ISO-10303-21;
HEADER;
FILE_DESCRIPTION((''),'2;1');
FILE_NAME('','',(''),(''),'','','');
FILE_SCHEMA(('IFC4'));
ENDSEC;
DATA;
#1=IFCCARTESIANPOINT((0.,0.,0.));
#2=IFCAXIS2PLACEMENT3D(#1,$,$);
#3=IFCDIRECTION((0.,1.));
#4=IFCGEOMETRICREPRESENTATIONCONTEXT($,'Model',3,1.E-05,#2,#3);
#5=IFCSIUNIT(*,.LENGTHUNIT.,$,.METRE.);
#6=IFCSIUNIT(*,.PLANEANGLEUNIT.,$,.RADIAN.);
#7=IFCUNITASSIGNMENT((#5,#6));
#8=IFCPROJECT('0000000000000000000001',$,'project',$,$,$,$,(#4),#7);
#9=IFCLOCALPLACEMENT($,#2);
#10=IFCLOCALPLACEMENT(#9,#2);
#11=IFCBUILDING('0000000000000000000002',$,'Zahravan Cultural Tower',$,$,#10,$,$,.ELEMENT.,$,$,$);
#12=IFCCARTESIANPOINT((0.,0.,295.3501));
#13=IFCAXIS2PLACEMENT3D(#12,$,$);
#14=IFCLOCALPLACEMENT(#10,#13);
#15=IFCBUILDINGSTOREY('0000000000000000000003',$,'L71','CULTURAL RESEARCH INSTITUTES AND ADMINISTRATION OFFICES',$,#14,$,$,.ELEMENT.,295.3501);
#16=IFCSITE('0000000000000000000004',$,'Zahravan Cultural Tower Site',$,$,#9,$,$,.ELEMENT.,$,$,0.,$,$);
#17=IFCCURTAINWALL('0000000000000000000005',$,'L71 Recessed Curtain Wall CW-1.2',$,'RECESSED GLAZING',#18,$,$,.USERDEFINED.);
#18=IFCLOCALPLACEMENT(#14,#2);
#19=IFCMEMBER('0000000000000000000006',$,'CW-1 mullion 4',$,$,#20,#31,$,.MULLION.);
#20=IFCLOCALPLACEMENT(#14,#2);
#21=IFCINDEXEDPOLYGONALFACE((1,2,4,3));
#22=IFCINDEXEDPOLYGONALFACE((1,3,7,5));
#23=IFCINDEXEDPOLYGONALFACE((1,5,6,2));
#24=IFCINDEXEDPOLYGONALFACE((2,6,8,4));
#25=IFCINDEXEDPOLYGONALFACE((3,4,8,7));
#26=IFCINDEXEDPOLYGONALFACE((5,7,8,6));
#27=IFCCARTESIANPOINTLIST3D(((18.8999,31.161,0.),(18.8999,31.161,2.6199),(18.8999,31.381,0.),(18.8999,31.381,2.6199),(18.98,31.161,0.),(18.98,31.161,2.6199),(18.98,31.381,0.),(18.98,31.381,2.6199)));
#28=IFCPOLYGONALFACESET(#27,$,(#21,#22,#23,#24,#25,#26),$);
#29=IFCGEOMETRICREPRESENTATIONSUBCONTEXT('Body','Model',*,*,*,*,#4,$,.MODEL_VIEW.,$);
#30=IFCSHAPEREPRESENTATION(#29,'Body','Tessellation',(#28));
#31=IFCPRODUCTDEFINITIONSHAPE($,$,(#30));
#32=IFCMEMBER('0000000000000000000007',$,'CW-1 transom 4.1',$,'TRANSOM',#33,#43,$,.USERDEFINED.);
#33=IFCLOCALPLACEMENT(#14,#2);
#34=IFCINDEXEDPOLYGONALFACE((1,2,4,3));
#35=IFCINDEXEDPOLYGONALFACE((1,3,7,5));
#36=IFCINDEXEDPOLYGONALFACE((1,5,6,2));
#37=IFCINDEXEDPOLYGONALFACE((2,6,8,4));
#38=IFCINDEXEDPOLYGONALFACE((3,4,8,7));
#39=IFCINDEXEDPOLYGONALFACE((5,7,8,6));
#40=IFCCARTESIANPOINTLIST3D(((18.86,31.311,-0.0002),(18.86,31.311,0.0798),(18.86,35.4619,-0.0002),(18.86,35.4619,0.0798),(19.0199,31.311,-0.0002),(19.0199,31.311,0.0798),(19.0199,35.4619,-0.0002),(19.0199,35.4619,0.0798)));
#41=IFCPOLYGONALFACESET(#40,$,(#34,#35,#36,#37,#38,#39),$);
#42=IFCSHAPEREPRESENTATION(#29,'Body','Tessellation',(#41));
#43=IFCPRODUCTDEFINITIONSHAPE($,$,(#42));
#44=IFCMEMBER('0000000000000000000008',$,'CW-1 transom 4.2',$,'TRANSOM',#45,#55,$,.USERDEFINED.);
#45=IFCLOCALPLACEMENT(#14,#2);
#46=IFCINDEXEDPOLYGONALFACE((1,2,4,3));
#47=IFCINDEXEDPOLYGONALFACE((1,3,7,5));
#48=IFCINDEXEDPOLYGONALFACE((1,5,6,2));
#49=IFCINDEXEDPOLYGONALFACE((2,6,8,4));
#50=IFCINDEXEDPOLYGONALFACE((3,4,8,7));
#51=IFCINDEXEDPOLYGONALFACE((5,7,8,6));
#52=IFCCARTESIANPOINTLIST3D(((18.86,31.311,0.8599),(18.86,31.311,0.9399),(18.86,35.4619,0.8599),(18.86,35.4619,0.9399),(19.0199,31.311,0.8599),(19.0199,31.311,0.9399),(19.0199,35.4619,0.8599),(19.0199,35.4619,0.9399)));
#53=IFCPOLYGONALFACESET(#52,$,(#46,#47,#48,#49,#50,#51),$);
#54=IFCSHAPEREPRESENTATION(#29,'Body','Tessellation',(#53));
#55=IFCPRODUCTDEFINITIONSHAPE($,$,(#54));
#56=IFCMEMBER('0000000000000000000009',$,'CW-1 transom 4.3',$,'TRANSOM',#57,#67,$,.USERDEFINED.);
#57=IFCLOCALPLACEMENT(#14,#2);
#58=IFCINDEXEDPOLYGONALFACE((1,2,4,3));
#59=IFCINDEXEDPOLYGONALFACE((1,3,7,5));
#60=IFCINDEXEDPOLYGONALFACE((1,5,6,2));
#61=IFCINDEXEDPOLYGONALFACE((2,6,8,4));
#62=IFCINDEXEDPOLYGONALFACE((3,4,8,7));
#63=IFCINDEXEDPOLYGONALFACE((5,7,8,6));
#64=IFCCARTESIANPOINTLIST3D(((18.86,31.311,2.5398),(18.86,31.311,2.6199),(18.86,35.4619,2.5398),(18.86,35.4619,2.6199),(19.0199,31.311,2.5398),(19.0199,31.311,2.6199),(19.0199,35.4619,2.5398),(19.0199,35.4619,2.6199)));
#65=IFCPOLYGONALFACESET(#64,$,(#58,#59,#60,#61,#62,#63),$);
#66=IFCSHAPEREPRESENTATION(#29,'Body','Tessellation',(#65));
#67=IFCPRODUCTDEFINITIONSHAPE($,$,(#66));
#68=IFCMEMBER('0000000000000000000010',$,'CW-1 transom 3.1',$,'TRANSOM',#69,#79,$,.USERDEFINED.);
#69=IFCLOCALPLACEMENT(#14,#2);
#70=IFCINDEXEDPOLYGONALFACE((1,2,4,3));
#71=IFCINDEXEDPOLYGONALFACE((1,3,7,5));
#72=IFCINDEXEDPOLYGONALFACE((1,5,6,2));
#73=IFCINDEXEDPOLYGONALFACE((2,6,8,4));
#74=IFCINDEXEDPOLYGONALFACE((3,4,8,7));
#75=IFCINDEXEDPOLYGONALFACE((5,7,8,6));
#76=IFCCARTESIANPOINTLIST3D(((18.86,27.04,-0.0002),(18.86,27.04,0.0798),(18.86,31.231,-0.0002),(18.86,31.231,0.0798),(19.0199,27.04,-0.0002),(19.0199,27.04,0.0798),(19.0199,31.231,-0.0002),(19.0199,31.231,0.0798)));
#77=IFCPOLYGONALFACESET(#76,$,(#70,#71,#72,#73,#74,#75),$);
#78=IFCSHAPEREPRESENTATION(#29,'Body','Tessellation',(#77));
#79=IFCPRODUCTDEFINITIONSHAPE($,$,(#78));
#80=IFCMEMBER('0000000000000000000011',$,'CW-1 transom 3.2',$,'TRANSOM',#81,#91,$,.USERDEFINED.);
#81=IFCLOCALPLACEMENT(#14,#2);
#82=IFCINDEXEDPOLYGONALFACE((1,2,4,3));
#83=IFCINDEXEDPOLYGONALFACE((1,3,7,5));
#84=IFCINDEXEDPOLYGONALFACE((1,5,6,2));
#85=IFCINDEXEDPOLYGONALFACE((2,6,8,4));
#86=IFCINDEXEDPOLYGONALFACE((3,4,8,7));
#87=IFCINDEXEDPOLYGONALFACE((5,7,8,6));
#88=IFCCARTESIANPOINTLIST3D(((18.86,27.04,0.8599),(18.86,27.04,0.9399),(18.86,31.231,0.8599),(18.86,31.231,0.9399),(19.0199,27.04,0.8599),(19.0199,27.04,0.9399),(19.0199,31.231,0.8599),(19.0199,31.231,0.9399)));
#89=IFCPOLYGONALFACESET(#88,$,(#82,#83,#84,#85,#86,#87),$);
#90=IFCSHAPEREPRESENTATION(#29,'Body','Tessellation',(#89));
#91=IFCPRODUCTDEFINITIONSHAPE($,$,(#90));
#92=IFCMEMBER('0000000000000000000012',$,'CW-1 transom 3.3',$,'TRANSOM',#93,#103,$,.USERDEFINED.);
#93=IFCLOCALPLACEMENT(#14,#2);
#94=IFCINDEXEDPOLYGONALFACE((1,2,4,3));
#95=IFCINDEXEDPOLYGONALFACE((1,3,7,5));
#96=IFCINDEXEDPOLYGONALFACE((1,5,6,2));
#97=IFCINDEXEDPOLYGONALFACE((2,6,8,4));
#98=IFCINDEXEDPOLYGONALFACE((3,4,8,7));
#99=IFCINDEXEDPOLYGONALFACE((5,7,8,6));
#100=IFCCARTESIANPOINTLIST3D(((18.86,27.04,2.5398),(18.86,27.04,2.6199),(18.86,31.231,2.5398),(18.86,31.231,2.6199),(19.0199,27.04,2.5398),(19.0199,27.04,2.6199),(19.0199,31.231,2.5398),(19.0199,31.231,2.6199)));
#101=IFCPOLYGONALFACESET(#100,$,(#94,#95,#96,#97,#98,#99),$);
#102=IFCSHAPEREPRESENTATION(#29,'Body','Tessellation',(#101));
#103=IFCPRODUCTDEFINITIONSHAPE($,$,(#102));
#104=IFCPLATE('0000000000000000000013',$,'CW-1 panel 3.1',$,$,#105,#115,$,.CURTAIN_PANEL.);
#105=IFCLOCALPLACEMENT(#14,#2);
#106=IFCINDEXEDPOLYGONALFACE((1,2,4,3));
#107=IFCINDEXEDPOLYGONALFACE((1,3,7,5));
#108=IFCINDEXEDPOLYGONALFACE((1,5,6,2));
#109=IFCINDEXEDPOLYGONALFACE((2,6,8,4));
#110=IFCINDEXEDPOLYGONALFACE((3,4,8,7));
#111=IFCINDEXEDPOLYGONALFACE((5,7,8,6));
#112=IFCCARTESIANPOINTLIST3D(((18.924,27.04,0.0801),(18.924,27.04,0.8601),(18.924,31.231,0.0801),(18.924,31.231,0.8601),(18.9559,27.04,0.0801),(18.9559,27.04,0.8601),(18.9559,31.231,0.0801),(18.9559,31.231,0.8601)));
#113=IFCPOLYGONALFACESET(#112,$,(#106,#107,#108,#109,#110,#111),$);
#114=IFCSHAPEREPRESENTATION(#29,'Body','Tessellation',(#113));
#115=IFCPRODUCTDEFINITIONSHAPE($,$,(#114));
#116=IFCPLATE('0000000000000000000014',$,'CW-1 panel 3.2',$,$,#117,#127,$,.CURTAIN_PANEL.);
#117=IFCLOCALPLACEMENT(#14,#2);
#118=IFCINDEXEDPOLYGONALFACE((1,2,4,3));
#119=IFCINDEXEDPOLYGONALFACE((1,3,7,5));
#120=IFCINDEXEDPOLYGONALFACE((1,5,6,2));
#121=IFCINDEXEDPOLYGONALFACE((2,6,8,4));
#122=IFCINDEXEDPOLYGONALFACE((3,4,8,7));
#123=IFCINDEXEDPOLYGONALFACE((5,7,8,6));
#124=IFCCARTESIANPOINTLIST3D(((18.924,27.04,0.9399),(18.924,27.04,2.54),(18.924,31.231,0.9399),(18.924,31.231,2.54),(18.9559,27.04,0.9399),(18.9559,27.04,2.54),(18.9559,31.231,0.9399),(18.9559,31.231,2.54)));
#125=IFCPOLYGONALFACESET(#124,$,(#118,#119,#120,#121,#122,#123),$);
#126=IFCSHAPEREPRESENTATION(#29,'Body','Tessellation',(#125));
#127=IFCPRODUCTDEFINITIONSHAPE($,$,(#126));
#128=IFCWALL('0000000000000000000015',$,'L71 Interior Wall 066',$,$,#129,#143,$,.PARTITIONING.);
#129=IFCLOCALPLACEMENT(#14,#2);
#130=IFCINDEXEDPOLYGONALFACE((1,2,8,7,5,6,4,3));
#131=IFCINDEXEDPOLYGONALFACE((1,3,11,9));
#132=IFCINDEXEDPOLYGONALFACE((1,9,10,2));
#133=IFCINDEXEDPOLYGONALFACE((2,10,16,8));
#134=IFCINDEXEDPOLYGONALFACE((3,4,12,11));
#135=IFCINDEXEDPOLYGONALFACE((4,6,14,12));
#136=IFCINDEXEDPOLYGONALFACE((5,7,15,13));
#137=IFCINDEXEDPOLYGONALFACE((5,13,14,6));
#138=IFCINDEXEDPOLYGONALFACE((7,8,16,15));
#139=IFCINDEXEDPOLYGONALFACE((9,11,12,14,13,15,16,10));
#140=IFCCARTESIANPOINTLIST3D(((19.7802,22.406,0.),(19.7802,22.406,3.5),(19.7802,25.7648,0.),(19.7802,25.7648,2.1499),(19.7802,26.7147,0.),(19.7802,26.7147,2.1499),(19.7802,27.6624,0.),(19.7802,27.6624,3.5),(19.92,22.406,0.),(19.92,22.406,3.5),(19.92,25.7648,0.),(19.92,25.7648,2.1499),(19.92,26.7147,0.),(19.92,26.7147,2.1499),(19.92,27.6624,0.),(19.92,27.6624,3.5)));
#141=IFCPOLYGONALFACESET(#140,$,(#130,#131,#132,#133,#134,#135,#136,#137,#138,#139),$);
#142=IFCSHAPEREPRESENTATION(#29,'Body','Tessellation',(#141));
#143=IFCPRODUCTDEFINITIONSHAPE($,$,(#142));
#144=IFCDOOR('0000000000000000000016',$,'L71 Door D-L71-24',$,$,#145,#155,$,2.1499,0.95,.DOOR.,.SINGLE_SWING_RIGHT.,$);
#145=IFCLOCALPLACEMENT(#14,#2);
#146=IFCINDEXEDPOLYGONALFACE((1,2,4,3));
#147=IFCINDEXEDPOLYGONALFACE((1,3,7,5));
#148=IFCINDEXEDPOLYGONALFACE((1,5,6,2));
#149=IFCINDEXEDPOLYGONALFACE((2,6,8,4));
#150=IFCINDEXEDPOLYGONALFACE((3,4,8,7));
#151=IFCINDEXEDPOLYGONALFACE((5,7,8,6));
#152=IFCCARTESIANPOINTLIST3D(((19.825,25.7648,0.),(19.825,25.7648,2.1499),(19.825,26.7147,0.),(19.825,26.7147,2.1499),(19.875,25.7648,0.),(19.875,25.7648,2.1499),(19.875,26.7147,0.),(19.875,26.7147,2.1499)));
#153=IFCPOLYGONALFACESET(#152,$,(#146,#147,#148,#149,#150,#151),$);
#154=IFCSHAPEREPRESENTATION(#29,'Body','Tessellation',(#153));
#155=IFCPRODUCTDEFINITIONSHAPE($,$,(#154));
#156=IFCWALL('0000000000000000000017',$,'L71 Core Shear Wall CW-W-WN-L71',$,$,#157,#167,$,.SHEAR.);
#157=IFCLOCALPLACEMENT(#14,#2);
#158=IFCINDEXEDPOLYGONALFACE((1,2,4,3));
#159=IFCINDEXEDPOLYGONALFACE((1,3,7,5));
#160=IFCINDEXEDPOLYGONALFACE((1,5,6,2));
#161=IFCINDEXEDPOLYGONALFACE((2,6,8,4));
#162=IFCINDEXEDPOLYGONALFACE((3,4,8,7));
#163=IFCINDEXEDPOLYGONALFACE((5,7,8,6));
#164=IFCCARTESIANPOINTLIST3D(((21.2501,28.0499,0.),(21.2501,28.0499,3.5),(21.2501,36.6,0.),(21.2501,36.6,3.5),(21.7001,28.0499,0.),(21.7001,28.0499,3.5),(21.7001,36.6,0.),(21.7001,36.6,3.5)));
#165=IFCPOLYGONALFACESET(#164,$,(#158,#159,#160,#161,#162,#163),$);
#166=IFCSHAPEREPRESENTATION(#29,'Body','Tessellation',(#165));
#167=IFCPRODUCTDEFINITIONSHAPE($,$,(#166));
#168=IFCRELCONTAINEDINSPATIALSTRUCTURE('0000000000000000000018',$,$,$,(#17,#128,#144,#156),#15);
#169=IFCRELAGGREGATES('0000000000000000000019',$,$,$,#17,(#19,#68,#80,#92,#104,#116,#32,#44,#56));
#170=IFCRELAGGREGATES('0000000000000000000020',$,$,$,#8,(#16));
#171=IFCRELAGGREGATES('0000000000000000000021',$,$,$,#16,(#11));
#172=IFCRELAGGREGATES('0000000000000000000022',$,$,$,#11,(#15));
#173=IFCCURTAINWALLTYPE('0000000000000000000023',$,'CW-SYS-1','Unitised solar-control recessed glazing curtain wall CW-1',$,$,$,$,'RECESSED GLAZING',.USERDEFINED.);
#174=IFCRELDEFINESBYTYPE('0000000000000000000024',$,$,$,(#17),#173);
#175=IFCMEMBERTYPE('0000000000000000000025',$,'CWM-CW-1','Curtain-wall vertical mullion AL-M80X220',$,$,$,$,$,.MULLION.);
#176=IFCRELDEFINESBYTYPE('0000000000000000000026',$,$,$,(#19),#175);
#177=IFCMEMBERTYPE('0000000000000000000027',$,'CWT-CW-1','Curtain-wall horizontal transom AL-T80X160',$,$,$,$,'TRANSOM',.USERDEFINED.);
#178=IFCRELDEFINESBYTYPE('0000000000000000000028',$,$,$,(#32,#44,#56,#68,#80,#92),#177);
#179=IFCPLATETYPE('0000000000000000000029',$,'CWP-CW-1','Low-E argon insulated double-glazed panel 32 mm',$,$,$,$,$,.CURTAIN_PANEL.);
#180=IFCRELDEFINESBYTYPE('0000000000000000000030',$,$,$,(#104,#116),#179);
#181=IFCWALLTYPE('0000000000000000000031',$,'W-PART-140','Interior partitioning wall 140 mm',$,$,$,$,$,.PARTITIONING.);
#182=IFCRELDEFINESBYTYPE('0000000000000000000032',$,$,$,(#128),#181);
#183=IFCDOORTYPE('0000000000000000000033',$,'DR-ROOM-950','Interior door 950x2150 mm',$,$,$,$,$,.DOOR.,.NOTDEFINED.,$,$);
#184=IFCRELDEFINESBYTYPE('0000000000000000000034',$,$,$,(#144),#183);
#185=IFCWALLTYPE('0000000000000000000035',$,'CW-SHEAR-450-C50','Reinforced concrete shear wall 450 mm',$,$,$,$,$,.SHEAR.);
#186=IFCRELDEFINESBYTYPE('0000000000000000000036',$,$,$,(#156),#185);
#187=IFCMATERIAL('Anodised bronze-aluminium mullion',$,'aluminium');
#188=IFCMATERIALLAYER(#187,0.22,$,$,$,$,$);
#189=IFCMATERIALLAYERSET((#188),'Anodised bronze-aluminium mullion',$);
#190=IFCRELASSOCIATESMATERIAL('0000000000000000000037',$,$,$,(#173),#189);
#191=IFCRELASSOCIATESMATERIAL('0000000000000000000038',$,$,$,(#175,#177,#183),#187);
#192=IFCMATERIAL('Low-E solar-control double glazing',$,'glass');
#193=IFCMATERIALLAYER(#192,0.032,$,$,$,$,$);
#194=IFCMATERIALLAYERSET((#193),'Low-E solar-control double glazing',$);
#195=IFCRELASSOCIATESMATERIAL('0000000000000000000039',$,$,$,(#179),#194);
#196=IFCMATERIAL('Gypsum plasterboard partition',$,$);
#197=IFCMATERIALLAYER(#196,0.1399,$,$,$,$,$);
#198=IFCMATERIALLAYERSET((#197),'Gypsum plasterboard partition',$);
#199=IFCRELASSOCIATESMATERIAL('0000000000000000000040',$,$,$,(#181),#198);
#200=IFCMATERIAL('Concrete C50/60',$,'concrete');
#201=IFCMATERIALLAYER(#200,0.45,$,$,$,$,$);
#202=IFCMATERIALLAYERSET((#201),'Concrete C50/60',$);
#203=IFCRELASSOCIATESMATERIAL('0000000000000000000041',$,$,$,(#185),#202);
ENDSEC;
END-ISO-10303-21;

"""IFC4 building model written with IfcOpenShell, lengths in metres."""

from ifc_helpers import new_model, si_unit, direction, frame, frame_2d, origin, origin_2d, place, context, subcontext, project, spatial, rectangle, extrude, source, transform, mapped, material, layer, layer_set, material_profile, profile_set, type_object, element, fill, aggregate, save


model = new_model("IFC4")

# Units and contexts
model_context = context("Model", 3, precision=1e-05, world=origin(), true_north=direction((0.0, 1.0)))
body_context = subcontext(model_context, "Body", "Model", "MODEL_VIEW")
ifc_project = project(units=[si_unit("LENGTHUNIT", "METRE"), si_unit("PLANEANGLEUNIT", "RADIAN")], contexts=[model_context])

# Site, building, storey
site_placement = place(None, origin())
site = spatial("IfcSite", under=ifc_project, at=site_placement, Name="Zahravan Cultural Tower Site", CompositionType="ELEMENT", RefElevation=0.0)
building_placement = place(site_placement, origin())
building = spatial("IfcBuilding", under=site, at=building_placement, Name="Zahravan Cultural Tower", CompositionType="ELEMENT")
storey_placement = place(building_placement, frame((0.0, 0.0, 295.3501)))
storey = spatial("IfcBuildingStorey", under=building, at=storey_placement, Name="L71", Description="CULTURAL RESEARCH INSTITUTES AND ADMINISTRATION OFFICES", CompositionType="ELEMENT", Elevation=295.3501)

# Curtain wall, members, plates
ifc_material_1 = material(Name="Anodised bronze-aluminium mullion", Category="aluminium")
ifc_layer_1 = layer(ifc_material_1, 0.22)
ifc_layer_set_1 = layer_set([ifc_layer_1], Name="Anodised bronze-aluminium mullion")
curtain_wall_type = type_object("IfcCurtainWallType", Name="CW-SYS-1", Description="Unitised solar-control recessed glazing curtain wall CW-1", ElementType="RECESSED GLAZING", PredefinedType="USERDEFINED", material=ifc_layer_set_1)
curtain_wall_placement = place(storey_placement, origin())
curtain_wall = element("IfcCurtainWall", 1, at=curtain_wall_placement, inside=storey, type_object=curtain_wall_type, Name="L71 Recessed Curtain Wall CW-1.2", ObjectType="RECESSED GLAZING", PredefinedType="USERDEFINED")
ifc_material_profile_1 = material_profile(ifc_material_1, rectangle(XDim=0.0801, YDim=0.22, at=origin_2d()), Name="AL-M80X220")
ifc_profile_set_1 = profile_set([ifc_material_profile_1], Name="Anodised bronze-aluminium mullion")
member_type_1 = type_object("IfcMemberType", Name="CWM-CW-1", Description="Curtain-wall vertical mullion AL-M80X220", PredefinedType="MULLION", material=ifc_profile_set_1)
shared_shape_1 = source(origin(), body_context, "Body", "SweptSolid", [
    extrude(rectangle(XDim=0.0801, YDim=0.22, at=origin_2d()), origin(), (0.0, 0.0, 1.0), 2.6199),
])
member_1_placement = place(storey_placement, frame((18.9399, 31.271, 0.0), z_axis=(0.0, 0.0, 1.0), x_axis=(-1.0, 0.0, 0.0)))
member_1 = element("IfcMember", 2, at=member_1_placement, type_object=member_type_1, Name="CW-1 mullion 4", PredefinedType="MULLION", context=body_context, shape_type="MappedRepresentation", body=[
    mapped(shared_shape_1, transform((0.0, 0.0, 0.0), x_axis=(1.0, 0.0, 0.0), y_axis=(0.0, 1.0, 0.0), z_axis=(0.0, 0.0, 1.0), scale=1.0)),
])
ifc_material_profile_2 = material_profile(ifc_material_1, rectangle(XDim=0.1599, YDim=0.0801, at=origin_2d()), Name="AL-T80X160")
ifc_profile_set_2 = profile_set([ifc_material_profile_2], Name="Anodised bronze-aluminium mullion")
member_type_2 = type_object("IfcMemberType", Name="CWT-CW-1", Description="Curtain-wall horizontal transom AL-T80X160", ElementType="TRANSOM", PredefinedType="USERDEFINED", material=ifc_profile_set_2)
shared_shape_2 = source(origin(), body_context, "Body", "SweptSolid", [
    extrude(rectangle(XDim=0.1599, YDim=0.0801, at=origin_2d()), origin(), (0.0, 0.0, 1.0), 4.1509),
])
member_2_placement = place(storey_placement, frame((18.9399, 31.311, 0.0398), z_axis=(0.0, 1.0, 0.0), x_axis=(-1.0, 0.0, 0.0)))
member_2 = element("IfcMember", 3, at=member_2_placement, type_object=member_type_2, Name="CW-1 transom 4.1", ObjectType="TRANSOM", PredefinedType="USERDEFINED", context=body_context, shape_type="MappedRepresentation", body=[
    mapped(shared_shape_2, transform((0.0, 0.0, 0.0), x_axis=(1.0, 0.0, 0.0), y_axis=(0.0, 1.0, 0.0), z_axis=(0.0, 0.0, 1.0), scale=1.0)),
])
member_3_placement = place(storey_placement, frame((18.9399, 31.311, 0.8999), z_axis=(0.0, 1.0, 0.0), x_axis=(-1.0, 0.0, 0.0)))
member_3 = element("IfcMember", 4, at=member_3_placement, type_object=member_type_2, Name="CW-1 transom 4.2", ObjectType="TRANSOM", PredefinedType="USERDEFINED", context=body_context, shape_type="MappedRepresentation", body=[
    mapped(shared_shape_2, transform((0.0, 0.0, 0.0), x_axis=(1.0, 0.0, 0.0), y_axis=(0.0, 1.0, 0.0), z_axis=(0.0, 0.0, 1.0), scale=1.0)),
])
member_4_placement = place(storey_placement, frame((18.9399, 31.311, 2.5798), z_axis=(0.0, 1.0, 0.0), x_axis=(-1.0, 0.0, 0.0)))
member_4 = element("IfcMember", 5, at=member_4_placement, type_object=member_type_2, Name="CW-1 transom 4.3", ObjectType="TRANSOM", PredefinedType="USERDEFINED", context=body_context, shape_type="MappedRepresentation", body=[
    mapped(shared_shape_2, transform((0.0, 0.0, 0.0), x_axis=(1.0, 0.0, 0.0), y_axis=(0.0, 1.0, 0.0), z_axis=(0.0, 0.0, 1.0), scale=1.0)),
])
shared_shape_3 = source(origin(), body_context, "Body", "SweptSolid", [
    extrude(rectangle(XDim=0.1599, YDim=0.0801, at=origin_2d()), origin(), (0.0, 0.0, 1.0), 4.1909),
])
member_5_placement = place(storey_placement, frame((18.9399, 27.04, 0.0398), z_axis=(0.0, 1.0, 0.0), x_axis=(-1.0, 0.0, 0.0)))
member_5 = element("IfcMember", 6, at=member_5_placement, type_object=member_type_2, Name="CW-1 transom 3.1", ObjectType="TRANSOM", PredefinedType="USERDEFINED", context=body_context, shape_type="MappedRepresentation", body=[
    mapped(shared_shape_3, transform((0.0, 0.0, 0.0), x_axis=(1.0, 0.0, 0.0), y_axis=(0.0, 1.0, 0.0), z_axis=(0.0, 0.0, 1.0), scale=1.0)),
])
member_6_placement = place(storey_placement, frame((18.9399, 27.04, 0.8999), z_axis=(0.0, 1.0, 0.0), x_axis=(-1.0, 0.0, 0.0)))
member_6 = element("IfcMember", 7, at=member_6_placement, type_object=member_type_2, Name="CW-1 transom 3.2", ObjectType="TRANSOM", PredefinedType="USERDEFINED", context=body_context, shape_type="MappedRepresentation", body=[
    mapped(shared_shape_3, transform((0.0, 0.0, 0.0), x_axis=(1.0, 0.0, 0.0), y_axis=(0.0, 1.0, 0.0), z_axis=(0.0, 0.0, 1.0), scale=1.0)),
])
member_7_placement = place(storey_placement, frame((18.9399, 27.04, 2.5798), z_axis=(0.0, 1.0, 0.0), x_axis=(-1.0, 0.0, 0.0)))
member_7 = element("IfcMember", 8, at=member_7_placement, type_object=member_type_2, Name="CW-1 transom 3.3", ObjectType="TRANSOM", PredefinedType="USERDEFINED", context=body_context, shape_type="MappedRepresentation", body=[
    mapped(shared_shape_3, transform((0.0, 0.0, 0.0), x_axis=(1.0, 0.0, 0.0), y_axis=(0.0, 1.0, 0.0), z_axis=(0.0, 0.0, 1.0), scale=1.0)),
])
ifc_material_2 = material(Name="Low-E solar-control double glazing", Category="glass")
ifc_layer_2 = layer(ifc_material_2, 0.032)
ifc_layer_set_2 = layer_set([ifc_layer_2], Name="Low-E solar-control double glazing")
plate_type = type_object("IfcPlateType", Name="CWP-CW-1", Description="Low-E argon insulated double-glazed panel 32 mm", PredefinedType="CURTAIN_PANEL", material=ifc_layer_set_2)
shared_shape_4 = source(origin(), body_context, "Body", "SweptSolid", [
    extrude(rectangle(XDim=4.1909, YDim=0.032, at=origin_2d()), origin(), (0.0, 0.0, 1.0), 0.78),
])
plate_1_placement = place(storey_placement, frame((18.9399, 29.1355, 0.0801), z_axis=(0.0, 0.0, 1.0), x_axis=(0.0, 1.0, 0.0)))
plate_1 = element("IfcPlate", 9, at=plate_1_placement, type_object=plate_type, Name="CW-1 panel 3.1", PredefinedType="CURTAIN_PANEL", context=body_context, shape_type="MappedRepresentation", body=[
    mapped(shared_shape_4, transform((0.0, 0.0, 0.0), x_axis=(1.0, 0.0, 0.0), y_axis=(0.0, 1.0, 0.0), z_axis=(0.0, 0.0, 1.0), scale=1.0)),
])
shared_shape_5 = source(origin(), body_context, "Body", "SweptSolid", [
    extrude(rectangle(XDim=4.1909, YDim=0.032, at=origin_2d()), origin(), (0.0, 0.0, 1.0), 1.6001),
])
plate_2_placement = place(storey_placement, frame((18.9399, 29.1355, 0.9399), z_axis=(0.0, 0.0, 1.0), x_axis=(0.0, 1.0, 0.0)))
plate_2 = element("IfcPlate", 10, at=plate_2_placement, type_object=plate_type, Name="CW-1 panel 3.2", PredefinedType="CURTAIN_PANEL", context=body_context, shape_type="MappedRepresentation", body=[
    mapped(shared_shape_5, transform((0.0, 0.0, 0.0), x_axis=(1.0, 0.0, 0.0), y_axis=(0.0, 1.0, 0.0), z_axis=(0.0, 0.0, 1.0), scale=1.0)),
])
aggregate(curtain_wall, [member_1, member_5, member_6, member_7, plate_1, plate_2, member_2, member_3, member_4])

# Wall, opening, door
ifc_material_3 = material(Name="Gypsum plasterboard partition")
ifc_layer_3 = layer(ifc_material_3, 0.1399)
ifc_layer_set_3 = layer_set([ifc_layer_3], Name="Gypsum plasterboard partition")
wall_type_1 = type_object("IfcWallType", Name="W-PART-140", Description="Interior partitioning wall 140 mm", PredefinedType="PARTITIONING", material=ifc_layer_set_3)
wall_1_placement = place(storey_placement, frame((19.8501, 27.6624, 0.0), z_axis=(0.0, 0.0, 1.0), x_axis=(0.0, -1.0, 0.0)))
wall_1 = element("IfcWall", 11, at=wall_1_placement, inside=storey, type_object=wall_type_1, Name="L71 Interior Wall 066", PredefinedType="PARTITIONING", context=body_context, shape_type="SweptSolid", body=[
    extrude(rectangle(XDim=5.2563, YDim=0.1399, at=frame_2d((2.6282, 0.0))), origin(), (0.0, 0.0, 1.0), 3.5),
])
opening_1_placement = place(wall_1_placement, frame((0.9475, 0.0, 0.0)))
opening_1 = element("IfcOpeningElement", 12, at=opening_1_placement, cuts=wall_1, PredefinedType="OPENING", context=body_context, shape_type="SweptSolid", body=[
    extrude(rectangle(XDim=0.95, YDim=2.1499, at=frame_2d((0.4751, 1.075))), frame((0.0, 0.0798, 0.0), z_axis=(0.0, -1.0, 0.0), x_axis=(1.0, 0.0, 0.0)), (0.0, 0.0, 1.0), 0.1599),
])
door_type = type_object("IfcDoorType", Name="DR-ROOM-950", Description="Interior door 950x2150 mm", OperationType="NOTDEFINED", PredefinedType="DOOR", material=ifc_material_1)
shared_shape_6 = source(origin(), body_context, "Body", "SweptSolid", [
    extrude(rectangle(XDim=0.95, YDim=2.1499, at=frame_2d((0.4751, 1.075))), frame((0.0, 0.0249, 0.0), z_axis=(0.0, -1.0, 0.0), x_axis=(1.0, 0.0, 0.0)), (0.0, 0.0, 1.0), 0.05),
])
door_1_placement = place(opening_1_placement, origin())
door_1 = element("IfcDoor", 13, at=door_1_placement, inside=storey, type_object=door_type, Name="L71 Door D-L71-24", OperationType="SINGLE_SWING_RIGHT", OverallHeight=2.1499, OverallWidth=0.95, PredefinedType="DOOR", context=body_context, shape_type="MappedRepresentation", body=[
    mapped(shared_shape_6, transform((0.0, 0.0, 0.0), x_axis=(1.0, 0.0, 0.0), y_axis=(0.0, 1.0, 0.0), z_axis=(0.0, 0.0, 1.0), scale=1.0)),
])
fill(opening_1, door_1)

# Wall
ifc_material_4 = material(Name="Concrete C50/60", Category="concrete")
ifc_layer_4 = layer(ifc_material_4, 0.45)
ifc_layer_set_4 = layer_set([ifc_layer_4], Name="Concrete C50/60")
wall_type_2 = type_object("IfcWallType", Name="CW-SHEAR-450-C50", Description="Reinforced concrete shear wall 450 mm", PredefinedType="SHEAR", material=ifc_layer_set_4)
shared_shape_7 = source(origin(), body_context, "Body", "SweptSolid", [
    extrude(rectangle(XDim=8.55, YDim=0.45, at=frame_2d((4.2749, 0.0))), origin(), (0.0, 0.0, 1.0), 3.5),
])
wall_2_placement = place(storey_placement, frame((21.4751, 28.05, 0.0), z_axis=(0.0, 0.0, 1.0), x_axis=(0.0, 1.0, 0.0)))
element("IfcWall", 14, at=wall_2_placement, inside=storey, type_object=wall_type_2, Name="L71 Core Shear Wall CW-W-WN-L71", PredefinedType="SHEAR", context=body_context, shape_type="MappedRepresentation", body=[
    mapped(shared_shape_7, transform((0.0, 0.0, 0.0), x_axis=(1.0, 0.0, 0.0), y_axis=(0.0, 1.0, 0.0), z_axis=(0.0, 0.0, 1.0), scale=1.0)),
])

save(model, "model.ifc")
